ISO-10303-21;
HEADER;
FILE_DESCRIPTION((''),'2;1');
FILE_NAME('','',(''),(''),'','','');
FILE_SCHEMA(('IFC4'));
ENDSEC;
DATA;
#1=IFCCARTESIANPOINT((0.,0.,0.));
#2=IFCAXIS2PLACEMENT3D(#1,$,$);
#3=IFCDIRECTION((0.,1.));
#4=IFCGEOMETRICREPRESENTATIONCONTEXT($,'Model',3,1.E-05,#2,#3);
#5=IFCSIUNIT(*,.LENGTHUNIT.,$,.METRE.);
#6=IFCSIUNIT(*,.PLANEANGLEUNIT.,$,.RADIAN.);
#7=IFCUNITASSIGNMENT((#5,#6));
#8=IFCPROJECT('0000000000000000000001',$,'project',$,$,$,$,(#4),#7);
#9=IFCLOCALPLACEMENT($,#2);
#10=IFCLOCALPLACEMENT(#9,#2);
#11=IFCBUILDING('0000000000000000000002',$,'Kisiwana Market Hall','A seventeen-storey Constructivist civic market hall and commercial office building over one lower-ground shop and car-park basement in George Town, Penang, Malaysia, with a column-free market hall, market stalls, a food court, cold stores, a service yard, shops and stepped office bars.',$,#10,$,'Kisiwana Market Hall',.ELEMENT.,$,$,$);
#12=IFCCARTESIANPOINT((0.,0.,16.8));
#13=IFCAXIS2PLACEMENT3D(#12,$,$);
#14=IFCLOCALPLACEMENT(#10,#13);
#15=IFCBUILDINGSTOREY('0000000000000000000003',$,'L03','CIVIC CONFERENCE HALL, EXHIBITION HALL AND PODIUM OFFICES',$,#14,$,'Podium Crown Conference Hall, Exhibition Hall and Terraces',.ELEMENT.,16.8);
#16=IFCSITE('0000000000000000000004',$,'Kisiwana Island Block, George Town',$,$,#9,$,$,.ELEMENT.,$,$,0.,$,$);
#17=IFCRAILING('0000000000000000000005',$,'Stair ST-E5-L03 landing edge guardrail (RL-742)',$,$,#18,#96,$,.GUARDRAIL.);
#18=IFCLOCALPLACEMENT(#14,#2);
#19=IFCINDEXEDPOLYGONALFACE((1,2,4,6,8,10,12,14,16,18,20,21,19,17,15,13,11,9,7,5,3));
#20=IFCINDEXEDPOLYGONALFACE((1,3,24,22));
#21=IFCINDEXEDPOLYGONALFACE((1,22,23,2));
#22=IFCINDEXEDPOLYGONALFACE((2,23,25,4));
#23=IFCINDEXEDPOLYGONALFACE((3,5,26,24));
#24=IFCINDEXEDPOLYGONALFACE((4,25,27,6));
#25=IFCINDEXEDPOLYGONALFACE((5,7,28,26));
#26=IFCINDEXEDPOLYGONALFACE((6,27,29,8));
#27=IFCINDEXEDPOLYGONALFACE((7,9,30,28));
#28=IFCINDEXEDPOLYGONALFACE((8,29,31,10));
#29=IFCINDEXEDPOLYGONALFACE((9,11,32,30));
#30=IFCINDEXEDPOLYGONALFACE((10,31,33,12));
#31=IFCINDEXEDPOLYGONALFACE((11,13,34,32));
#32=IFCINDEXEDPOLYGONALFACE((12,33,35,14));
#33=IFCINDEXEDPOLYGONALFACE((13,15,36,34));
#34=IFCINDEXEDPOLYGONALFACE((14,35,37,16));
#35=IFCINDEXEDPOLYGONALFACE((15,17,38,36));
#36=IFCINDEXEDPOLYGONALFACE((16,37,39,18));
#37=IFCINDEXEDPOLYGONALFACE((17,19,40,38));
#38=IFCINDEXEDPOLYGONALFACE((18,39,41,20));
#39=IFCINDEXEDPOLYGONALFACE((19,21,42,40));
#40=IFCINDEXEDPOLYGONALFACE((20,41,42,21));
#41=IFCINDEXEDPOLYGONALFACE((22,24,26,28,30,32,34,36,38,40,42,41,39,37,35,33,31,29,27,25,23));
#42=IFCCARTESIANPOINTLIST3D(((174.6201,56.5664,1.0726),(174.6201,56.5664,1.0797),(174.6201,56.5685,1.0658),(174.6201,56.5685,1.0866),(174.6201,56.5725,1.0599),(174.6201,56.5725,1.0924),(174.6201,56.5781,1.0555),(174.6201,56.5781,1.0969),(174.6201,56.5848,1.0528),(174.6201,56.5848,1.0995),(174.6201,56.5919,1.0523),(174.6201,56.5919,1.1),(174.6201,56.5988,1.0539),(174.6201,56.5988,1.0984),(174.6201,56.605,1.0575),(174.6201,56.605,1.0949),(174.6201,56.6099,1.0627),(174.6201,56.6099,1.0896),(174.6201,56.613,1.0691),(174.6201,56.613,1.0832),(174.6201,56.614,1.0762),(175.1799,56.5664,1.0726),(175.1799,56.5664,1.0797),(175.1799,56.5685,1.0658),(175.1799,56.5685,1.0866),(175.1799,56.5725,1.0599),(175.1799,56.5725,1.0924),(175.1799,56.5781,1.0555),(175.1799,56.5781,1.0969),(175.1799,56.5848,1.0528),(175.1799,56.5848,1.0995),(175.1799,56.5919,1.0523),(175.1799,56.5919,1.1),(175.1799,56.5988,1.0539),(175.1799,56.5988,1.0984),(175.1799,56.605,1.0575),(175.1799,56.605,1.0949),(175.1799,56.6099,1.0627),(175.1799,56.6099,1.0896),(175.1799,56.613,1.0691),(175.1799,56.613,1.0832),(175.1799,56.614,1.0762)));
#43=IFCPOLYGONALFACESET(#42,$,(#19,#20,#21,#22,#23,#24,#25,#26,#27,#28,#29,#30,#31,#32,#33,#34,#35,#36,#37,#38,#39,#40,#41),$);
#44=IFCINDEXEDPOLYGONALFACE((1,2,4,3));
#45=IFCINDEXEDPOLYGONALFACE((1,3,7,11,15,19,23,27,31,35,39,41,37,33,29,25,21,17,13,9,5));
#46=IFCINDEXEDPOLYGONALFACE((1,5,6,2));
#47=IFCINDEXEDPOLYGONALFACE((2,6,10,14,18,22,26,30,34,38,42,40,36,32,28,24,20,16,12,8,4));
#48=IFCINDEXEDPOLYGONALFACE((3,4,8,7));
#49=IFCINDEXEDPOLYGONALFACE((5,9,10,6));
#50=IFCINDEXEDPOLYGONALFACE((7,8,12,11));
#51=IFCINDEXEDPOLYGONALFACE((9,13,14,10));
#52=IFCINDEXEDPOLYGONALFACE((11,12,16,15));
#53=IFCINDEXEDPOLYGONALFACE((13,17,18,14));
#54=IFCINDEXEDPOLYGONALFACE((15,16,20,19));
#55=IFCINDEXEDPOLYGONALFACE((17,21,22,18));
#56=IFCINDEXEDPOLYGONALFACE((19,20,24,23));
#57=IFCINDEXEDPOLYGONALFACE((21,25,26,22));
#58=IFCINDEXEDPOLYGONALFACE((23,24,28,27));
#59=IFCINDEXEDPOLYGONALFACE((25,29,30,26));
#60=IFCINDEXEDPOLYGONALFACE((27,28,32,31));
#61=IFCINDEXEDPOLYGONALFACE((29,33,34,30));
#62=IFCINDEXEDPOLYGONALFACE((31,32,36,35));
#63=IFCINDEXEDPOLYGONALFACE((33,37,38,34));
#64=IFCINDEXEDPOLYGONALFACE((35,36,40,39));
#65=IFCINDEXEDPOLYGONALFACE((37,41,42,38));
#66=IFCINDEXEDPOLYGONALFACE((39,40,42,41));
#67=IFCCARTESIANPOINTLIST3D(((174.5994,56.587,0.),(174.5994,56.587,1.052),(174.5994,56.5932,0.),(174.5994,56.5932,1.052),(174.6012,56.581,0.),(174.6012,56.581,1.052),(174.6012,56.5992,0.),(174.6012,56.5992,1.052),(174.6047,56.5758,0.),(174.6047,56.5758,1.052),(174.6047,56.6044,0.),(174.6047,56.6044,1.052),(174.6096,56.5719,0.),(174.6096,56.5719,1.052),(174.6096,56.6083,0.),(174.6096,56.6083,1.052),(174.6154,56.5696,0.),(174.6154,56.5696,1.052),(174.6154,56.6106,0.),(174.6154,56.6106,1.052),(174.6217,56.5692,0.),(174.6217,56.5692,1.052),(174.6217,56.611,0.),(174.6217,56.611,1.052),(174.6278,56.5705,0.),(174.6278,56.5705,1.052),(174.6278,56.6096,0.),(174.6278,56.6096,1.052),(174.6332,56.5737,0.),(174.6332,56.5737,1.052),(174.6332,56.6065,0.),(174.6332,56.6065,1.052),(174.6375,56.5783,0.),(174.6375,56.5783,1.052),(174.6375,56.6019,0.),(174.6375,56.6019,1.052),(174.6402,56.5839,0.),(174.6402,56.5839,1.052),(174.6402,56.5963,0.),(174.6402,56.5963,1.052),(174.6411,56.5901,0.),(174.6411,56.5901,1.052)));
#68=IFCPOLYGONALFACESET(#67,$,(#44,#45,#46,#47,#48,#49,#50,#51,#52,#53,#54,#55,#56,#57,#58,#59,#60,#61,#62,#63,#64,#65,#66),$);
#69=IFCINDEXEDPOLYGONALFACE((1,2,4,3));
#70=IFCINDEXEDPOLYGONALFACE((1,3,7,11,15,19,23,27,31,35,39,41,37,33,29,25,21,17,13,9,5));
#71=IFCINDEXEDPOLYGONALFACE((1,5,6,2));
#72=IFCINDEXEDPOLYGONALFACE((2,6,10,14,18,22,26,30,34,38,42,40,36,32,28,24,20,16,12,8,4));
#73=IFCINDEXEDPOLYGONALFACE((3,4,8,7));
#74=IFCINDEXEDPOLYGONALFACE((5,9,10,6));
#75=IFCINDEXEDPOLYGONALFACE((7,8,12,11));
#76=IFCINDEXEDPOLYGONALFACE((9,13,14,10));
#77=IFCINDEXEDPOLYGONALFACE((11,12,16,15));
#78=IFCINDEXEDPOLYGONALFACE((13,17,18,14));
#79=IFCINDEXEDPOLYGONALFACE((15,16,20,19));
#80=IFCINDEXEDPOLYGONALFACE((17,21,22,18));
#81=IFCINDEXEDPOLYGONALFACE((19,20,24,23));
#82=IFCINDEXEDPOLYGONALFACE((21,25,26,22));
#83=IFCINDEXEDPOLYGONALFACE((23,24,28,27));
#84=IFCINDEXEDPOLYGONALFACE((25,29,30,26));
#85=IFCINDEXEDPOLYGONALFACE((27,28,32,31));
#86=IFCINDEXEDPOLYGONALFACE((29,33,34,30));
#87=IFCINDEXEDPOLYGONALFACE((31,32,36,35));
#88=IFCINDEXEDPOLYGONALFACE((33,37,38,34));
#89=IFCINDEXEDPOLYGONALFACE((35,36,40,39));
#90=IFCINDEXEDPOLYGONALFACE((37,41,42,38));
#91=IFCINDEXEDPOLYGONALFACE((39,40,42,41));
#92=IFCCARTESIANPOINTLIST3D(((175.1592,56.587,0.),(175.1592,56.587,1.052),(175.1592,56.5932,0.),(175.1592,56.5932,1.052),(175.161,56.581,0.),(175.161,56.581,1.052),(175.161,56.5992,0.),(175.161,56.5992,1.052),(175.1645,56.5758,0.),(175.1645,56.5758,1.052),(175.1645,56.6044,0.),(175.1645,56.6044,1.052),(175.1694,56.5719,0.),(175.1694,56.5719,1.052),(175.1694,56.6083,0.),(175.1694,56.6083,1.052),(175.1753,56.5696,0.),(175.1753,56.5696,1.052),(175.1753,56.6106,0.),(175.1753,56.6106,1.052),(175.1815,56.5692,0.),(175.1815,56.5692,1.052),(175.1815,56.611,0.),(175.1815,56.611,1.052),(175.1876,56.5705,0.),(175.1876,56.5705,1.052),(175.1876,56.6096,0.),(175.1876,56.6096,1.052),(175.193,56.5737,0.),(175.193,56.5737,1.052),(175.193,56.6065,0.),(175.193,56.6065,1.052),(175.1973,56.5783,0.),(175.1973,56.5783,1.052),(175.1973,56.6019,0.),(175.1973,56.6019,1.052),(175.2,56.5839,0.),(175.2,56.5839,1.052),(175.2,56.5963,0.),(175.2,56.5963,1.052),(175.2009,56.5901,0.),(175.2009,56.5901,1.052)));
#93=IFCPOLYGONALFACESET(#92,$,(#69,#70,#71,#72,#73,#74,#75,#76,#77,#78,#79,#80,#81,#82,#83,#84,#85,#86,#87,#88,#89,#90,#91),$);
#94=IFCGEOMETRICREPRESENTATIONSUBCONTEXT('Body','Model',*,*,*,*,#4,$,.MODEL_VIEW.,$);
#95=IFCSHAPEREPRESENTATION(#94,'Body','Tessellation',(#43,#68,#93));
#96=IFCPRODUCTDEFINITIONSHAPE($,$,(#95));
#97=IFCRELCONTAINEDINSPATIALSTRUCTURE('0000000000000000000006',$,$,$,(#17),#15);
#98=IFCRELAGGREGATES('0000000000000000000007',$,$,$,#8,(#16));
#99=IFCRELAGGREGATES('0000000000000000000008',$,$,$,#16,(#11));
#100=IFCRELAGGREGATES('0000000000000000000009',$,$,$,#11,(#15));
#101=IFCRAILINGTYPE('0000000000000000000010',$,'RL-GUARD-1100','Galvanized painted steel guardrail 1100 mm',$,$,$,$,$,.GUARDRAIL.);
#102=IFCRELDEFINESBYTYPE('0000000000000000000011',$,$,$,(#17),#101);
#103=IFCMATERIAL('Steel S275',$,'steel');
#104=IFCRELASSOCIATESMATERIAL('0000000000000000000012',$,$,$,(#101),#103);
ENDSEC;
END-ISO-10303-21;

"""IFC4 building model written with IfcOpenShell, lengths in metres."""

from ifc_helpers import new_model, si_unit, direction, frame, origin, origin_2d, place, context, subcontext, project, spatial, circle, extrude, material, type_object, element, save


model = new_model("IFC4")

# Units and contexts
model_context = context("Model", 3, precision=1e-05, world=origin(), true_north=direction((0.0, 1.0)))
body_context = subcontext(model_context, "Body", "Model", "MODEL_VIEW")
ifc_project = project(units=[si_unit("LENGTHUNIT", "METRE"), si_unit("PLANEANGLEUNIT", "RADIAN")], contexts=[model_context])

# Site, building, storey
site_placement = place(None, origin())
site = spatial("IfcSite", under=ifc_project, at=site_placement, Name="Kisiwana Island Block, George Town", CompositionType="ELEMENT", RefElevation=0.0)
building_placement = place(site_placement, origin())
building = spatial("IfcBuilding", under=site, at=building_placement, Name="Kisiwana Market Hall", Description="A seventeen-storey Constructivist civic market hall and commercial office building over one lower-ground shop and car-park basement in George Town, Penang, Malaysia, with a column-free market hall, market stalls, a food court, cold stores, a service yard, shops and stepped office bars.", LongName="Kisiwana Market Hall", CompositionType="ELEMENT")
storey_placement = place(building_placement, frame((0.0, 0.0, 16.8)))
storey = spatial("IfcBuildingStorey", under=building, at=storey_placement, Name="L03", Description="CIVIC CONFERENCE HALL, EXHIBITION HALL AND PODIUM OFFICES", LongName="Podium Crown Conference Hall, Exhibition Hall and Terraces", CompositionType="ELEMENT", Elevation=16.8)

# Railing
ifc_material_1 = material(Name="Steel S275", Category="steel")
railing_type_1 = type_object("IfcRailingType", Name="RL-GUARD-1100", Description="Galvanized painted steel guardrail 1100 mm", PredefinedType="GUARDRAIL", material=ifc_material_1)
railing_1_placement = place(storey_placement, frame((174.6201, 56.5901, 0.0)))
element("IfcRailing", 1, at=railing_1_placement, inside=storey, type_object=railing_type_1, Name="Stair ST-E5-L03 landing edge guardrail (RL-742)", PredefinedType="GUARDRAIL", context=body_context, shape_type="SweptSolid", body=[
    extrude(circle(Radius=0.0239, at=origin_2d()), frame((0.0, 0.0, 1.0762), z_axis=(1.0, 0.0, 0.0), x_axis=(0.0, 1.0, 0.0)), (0.0, 0.0, 1.0), 0.5598),
    extrude(circle(Radius=0.021, at=origin_2d()), origin(), (0.0, 0.0, 1.0), 1.052),
    extrude(circle(Radius=0.021, at=origin_2d()), frame((0.5598, 0.0, 0.0)), (0.0, 0.0, 1.0), 1.052),
])

save(model, "model.ifc")
